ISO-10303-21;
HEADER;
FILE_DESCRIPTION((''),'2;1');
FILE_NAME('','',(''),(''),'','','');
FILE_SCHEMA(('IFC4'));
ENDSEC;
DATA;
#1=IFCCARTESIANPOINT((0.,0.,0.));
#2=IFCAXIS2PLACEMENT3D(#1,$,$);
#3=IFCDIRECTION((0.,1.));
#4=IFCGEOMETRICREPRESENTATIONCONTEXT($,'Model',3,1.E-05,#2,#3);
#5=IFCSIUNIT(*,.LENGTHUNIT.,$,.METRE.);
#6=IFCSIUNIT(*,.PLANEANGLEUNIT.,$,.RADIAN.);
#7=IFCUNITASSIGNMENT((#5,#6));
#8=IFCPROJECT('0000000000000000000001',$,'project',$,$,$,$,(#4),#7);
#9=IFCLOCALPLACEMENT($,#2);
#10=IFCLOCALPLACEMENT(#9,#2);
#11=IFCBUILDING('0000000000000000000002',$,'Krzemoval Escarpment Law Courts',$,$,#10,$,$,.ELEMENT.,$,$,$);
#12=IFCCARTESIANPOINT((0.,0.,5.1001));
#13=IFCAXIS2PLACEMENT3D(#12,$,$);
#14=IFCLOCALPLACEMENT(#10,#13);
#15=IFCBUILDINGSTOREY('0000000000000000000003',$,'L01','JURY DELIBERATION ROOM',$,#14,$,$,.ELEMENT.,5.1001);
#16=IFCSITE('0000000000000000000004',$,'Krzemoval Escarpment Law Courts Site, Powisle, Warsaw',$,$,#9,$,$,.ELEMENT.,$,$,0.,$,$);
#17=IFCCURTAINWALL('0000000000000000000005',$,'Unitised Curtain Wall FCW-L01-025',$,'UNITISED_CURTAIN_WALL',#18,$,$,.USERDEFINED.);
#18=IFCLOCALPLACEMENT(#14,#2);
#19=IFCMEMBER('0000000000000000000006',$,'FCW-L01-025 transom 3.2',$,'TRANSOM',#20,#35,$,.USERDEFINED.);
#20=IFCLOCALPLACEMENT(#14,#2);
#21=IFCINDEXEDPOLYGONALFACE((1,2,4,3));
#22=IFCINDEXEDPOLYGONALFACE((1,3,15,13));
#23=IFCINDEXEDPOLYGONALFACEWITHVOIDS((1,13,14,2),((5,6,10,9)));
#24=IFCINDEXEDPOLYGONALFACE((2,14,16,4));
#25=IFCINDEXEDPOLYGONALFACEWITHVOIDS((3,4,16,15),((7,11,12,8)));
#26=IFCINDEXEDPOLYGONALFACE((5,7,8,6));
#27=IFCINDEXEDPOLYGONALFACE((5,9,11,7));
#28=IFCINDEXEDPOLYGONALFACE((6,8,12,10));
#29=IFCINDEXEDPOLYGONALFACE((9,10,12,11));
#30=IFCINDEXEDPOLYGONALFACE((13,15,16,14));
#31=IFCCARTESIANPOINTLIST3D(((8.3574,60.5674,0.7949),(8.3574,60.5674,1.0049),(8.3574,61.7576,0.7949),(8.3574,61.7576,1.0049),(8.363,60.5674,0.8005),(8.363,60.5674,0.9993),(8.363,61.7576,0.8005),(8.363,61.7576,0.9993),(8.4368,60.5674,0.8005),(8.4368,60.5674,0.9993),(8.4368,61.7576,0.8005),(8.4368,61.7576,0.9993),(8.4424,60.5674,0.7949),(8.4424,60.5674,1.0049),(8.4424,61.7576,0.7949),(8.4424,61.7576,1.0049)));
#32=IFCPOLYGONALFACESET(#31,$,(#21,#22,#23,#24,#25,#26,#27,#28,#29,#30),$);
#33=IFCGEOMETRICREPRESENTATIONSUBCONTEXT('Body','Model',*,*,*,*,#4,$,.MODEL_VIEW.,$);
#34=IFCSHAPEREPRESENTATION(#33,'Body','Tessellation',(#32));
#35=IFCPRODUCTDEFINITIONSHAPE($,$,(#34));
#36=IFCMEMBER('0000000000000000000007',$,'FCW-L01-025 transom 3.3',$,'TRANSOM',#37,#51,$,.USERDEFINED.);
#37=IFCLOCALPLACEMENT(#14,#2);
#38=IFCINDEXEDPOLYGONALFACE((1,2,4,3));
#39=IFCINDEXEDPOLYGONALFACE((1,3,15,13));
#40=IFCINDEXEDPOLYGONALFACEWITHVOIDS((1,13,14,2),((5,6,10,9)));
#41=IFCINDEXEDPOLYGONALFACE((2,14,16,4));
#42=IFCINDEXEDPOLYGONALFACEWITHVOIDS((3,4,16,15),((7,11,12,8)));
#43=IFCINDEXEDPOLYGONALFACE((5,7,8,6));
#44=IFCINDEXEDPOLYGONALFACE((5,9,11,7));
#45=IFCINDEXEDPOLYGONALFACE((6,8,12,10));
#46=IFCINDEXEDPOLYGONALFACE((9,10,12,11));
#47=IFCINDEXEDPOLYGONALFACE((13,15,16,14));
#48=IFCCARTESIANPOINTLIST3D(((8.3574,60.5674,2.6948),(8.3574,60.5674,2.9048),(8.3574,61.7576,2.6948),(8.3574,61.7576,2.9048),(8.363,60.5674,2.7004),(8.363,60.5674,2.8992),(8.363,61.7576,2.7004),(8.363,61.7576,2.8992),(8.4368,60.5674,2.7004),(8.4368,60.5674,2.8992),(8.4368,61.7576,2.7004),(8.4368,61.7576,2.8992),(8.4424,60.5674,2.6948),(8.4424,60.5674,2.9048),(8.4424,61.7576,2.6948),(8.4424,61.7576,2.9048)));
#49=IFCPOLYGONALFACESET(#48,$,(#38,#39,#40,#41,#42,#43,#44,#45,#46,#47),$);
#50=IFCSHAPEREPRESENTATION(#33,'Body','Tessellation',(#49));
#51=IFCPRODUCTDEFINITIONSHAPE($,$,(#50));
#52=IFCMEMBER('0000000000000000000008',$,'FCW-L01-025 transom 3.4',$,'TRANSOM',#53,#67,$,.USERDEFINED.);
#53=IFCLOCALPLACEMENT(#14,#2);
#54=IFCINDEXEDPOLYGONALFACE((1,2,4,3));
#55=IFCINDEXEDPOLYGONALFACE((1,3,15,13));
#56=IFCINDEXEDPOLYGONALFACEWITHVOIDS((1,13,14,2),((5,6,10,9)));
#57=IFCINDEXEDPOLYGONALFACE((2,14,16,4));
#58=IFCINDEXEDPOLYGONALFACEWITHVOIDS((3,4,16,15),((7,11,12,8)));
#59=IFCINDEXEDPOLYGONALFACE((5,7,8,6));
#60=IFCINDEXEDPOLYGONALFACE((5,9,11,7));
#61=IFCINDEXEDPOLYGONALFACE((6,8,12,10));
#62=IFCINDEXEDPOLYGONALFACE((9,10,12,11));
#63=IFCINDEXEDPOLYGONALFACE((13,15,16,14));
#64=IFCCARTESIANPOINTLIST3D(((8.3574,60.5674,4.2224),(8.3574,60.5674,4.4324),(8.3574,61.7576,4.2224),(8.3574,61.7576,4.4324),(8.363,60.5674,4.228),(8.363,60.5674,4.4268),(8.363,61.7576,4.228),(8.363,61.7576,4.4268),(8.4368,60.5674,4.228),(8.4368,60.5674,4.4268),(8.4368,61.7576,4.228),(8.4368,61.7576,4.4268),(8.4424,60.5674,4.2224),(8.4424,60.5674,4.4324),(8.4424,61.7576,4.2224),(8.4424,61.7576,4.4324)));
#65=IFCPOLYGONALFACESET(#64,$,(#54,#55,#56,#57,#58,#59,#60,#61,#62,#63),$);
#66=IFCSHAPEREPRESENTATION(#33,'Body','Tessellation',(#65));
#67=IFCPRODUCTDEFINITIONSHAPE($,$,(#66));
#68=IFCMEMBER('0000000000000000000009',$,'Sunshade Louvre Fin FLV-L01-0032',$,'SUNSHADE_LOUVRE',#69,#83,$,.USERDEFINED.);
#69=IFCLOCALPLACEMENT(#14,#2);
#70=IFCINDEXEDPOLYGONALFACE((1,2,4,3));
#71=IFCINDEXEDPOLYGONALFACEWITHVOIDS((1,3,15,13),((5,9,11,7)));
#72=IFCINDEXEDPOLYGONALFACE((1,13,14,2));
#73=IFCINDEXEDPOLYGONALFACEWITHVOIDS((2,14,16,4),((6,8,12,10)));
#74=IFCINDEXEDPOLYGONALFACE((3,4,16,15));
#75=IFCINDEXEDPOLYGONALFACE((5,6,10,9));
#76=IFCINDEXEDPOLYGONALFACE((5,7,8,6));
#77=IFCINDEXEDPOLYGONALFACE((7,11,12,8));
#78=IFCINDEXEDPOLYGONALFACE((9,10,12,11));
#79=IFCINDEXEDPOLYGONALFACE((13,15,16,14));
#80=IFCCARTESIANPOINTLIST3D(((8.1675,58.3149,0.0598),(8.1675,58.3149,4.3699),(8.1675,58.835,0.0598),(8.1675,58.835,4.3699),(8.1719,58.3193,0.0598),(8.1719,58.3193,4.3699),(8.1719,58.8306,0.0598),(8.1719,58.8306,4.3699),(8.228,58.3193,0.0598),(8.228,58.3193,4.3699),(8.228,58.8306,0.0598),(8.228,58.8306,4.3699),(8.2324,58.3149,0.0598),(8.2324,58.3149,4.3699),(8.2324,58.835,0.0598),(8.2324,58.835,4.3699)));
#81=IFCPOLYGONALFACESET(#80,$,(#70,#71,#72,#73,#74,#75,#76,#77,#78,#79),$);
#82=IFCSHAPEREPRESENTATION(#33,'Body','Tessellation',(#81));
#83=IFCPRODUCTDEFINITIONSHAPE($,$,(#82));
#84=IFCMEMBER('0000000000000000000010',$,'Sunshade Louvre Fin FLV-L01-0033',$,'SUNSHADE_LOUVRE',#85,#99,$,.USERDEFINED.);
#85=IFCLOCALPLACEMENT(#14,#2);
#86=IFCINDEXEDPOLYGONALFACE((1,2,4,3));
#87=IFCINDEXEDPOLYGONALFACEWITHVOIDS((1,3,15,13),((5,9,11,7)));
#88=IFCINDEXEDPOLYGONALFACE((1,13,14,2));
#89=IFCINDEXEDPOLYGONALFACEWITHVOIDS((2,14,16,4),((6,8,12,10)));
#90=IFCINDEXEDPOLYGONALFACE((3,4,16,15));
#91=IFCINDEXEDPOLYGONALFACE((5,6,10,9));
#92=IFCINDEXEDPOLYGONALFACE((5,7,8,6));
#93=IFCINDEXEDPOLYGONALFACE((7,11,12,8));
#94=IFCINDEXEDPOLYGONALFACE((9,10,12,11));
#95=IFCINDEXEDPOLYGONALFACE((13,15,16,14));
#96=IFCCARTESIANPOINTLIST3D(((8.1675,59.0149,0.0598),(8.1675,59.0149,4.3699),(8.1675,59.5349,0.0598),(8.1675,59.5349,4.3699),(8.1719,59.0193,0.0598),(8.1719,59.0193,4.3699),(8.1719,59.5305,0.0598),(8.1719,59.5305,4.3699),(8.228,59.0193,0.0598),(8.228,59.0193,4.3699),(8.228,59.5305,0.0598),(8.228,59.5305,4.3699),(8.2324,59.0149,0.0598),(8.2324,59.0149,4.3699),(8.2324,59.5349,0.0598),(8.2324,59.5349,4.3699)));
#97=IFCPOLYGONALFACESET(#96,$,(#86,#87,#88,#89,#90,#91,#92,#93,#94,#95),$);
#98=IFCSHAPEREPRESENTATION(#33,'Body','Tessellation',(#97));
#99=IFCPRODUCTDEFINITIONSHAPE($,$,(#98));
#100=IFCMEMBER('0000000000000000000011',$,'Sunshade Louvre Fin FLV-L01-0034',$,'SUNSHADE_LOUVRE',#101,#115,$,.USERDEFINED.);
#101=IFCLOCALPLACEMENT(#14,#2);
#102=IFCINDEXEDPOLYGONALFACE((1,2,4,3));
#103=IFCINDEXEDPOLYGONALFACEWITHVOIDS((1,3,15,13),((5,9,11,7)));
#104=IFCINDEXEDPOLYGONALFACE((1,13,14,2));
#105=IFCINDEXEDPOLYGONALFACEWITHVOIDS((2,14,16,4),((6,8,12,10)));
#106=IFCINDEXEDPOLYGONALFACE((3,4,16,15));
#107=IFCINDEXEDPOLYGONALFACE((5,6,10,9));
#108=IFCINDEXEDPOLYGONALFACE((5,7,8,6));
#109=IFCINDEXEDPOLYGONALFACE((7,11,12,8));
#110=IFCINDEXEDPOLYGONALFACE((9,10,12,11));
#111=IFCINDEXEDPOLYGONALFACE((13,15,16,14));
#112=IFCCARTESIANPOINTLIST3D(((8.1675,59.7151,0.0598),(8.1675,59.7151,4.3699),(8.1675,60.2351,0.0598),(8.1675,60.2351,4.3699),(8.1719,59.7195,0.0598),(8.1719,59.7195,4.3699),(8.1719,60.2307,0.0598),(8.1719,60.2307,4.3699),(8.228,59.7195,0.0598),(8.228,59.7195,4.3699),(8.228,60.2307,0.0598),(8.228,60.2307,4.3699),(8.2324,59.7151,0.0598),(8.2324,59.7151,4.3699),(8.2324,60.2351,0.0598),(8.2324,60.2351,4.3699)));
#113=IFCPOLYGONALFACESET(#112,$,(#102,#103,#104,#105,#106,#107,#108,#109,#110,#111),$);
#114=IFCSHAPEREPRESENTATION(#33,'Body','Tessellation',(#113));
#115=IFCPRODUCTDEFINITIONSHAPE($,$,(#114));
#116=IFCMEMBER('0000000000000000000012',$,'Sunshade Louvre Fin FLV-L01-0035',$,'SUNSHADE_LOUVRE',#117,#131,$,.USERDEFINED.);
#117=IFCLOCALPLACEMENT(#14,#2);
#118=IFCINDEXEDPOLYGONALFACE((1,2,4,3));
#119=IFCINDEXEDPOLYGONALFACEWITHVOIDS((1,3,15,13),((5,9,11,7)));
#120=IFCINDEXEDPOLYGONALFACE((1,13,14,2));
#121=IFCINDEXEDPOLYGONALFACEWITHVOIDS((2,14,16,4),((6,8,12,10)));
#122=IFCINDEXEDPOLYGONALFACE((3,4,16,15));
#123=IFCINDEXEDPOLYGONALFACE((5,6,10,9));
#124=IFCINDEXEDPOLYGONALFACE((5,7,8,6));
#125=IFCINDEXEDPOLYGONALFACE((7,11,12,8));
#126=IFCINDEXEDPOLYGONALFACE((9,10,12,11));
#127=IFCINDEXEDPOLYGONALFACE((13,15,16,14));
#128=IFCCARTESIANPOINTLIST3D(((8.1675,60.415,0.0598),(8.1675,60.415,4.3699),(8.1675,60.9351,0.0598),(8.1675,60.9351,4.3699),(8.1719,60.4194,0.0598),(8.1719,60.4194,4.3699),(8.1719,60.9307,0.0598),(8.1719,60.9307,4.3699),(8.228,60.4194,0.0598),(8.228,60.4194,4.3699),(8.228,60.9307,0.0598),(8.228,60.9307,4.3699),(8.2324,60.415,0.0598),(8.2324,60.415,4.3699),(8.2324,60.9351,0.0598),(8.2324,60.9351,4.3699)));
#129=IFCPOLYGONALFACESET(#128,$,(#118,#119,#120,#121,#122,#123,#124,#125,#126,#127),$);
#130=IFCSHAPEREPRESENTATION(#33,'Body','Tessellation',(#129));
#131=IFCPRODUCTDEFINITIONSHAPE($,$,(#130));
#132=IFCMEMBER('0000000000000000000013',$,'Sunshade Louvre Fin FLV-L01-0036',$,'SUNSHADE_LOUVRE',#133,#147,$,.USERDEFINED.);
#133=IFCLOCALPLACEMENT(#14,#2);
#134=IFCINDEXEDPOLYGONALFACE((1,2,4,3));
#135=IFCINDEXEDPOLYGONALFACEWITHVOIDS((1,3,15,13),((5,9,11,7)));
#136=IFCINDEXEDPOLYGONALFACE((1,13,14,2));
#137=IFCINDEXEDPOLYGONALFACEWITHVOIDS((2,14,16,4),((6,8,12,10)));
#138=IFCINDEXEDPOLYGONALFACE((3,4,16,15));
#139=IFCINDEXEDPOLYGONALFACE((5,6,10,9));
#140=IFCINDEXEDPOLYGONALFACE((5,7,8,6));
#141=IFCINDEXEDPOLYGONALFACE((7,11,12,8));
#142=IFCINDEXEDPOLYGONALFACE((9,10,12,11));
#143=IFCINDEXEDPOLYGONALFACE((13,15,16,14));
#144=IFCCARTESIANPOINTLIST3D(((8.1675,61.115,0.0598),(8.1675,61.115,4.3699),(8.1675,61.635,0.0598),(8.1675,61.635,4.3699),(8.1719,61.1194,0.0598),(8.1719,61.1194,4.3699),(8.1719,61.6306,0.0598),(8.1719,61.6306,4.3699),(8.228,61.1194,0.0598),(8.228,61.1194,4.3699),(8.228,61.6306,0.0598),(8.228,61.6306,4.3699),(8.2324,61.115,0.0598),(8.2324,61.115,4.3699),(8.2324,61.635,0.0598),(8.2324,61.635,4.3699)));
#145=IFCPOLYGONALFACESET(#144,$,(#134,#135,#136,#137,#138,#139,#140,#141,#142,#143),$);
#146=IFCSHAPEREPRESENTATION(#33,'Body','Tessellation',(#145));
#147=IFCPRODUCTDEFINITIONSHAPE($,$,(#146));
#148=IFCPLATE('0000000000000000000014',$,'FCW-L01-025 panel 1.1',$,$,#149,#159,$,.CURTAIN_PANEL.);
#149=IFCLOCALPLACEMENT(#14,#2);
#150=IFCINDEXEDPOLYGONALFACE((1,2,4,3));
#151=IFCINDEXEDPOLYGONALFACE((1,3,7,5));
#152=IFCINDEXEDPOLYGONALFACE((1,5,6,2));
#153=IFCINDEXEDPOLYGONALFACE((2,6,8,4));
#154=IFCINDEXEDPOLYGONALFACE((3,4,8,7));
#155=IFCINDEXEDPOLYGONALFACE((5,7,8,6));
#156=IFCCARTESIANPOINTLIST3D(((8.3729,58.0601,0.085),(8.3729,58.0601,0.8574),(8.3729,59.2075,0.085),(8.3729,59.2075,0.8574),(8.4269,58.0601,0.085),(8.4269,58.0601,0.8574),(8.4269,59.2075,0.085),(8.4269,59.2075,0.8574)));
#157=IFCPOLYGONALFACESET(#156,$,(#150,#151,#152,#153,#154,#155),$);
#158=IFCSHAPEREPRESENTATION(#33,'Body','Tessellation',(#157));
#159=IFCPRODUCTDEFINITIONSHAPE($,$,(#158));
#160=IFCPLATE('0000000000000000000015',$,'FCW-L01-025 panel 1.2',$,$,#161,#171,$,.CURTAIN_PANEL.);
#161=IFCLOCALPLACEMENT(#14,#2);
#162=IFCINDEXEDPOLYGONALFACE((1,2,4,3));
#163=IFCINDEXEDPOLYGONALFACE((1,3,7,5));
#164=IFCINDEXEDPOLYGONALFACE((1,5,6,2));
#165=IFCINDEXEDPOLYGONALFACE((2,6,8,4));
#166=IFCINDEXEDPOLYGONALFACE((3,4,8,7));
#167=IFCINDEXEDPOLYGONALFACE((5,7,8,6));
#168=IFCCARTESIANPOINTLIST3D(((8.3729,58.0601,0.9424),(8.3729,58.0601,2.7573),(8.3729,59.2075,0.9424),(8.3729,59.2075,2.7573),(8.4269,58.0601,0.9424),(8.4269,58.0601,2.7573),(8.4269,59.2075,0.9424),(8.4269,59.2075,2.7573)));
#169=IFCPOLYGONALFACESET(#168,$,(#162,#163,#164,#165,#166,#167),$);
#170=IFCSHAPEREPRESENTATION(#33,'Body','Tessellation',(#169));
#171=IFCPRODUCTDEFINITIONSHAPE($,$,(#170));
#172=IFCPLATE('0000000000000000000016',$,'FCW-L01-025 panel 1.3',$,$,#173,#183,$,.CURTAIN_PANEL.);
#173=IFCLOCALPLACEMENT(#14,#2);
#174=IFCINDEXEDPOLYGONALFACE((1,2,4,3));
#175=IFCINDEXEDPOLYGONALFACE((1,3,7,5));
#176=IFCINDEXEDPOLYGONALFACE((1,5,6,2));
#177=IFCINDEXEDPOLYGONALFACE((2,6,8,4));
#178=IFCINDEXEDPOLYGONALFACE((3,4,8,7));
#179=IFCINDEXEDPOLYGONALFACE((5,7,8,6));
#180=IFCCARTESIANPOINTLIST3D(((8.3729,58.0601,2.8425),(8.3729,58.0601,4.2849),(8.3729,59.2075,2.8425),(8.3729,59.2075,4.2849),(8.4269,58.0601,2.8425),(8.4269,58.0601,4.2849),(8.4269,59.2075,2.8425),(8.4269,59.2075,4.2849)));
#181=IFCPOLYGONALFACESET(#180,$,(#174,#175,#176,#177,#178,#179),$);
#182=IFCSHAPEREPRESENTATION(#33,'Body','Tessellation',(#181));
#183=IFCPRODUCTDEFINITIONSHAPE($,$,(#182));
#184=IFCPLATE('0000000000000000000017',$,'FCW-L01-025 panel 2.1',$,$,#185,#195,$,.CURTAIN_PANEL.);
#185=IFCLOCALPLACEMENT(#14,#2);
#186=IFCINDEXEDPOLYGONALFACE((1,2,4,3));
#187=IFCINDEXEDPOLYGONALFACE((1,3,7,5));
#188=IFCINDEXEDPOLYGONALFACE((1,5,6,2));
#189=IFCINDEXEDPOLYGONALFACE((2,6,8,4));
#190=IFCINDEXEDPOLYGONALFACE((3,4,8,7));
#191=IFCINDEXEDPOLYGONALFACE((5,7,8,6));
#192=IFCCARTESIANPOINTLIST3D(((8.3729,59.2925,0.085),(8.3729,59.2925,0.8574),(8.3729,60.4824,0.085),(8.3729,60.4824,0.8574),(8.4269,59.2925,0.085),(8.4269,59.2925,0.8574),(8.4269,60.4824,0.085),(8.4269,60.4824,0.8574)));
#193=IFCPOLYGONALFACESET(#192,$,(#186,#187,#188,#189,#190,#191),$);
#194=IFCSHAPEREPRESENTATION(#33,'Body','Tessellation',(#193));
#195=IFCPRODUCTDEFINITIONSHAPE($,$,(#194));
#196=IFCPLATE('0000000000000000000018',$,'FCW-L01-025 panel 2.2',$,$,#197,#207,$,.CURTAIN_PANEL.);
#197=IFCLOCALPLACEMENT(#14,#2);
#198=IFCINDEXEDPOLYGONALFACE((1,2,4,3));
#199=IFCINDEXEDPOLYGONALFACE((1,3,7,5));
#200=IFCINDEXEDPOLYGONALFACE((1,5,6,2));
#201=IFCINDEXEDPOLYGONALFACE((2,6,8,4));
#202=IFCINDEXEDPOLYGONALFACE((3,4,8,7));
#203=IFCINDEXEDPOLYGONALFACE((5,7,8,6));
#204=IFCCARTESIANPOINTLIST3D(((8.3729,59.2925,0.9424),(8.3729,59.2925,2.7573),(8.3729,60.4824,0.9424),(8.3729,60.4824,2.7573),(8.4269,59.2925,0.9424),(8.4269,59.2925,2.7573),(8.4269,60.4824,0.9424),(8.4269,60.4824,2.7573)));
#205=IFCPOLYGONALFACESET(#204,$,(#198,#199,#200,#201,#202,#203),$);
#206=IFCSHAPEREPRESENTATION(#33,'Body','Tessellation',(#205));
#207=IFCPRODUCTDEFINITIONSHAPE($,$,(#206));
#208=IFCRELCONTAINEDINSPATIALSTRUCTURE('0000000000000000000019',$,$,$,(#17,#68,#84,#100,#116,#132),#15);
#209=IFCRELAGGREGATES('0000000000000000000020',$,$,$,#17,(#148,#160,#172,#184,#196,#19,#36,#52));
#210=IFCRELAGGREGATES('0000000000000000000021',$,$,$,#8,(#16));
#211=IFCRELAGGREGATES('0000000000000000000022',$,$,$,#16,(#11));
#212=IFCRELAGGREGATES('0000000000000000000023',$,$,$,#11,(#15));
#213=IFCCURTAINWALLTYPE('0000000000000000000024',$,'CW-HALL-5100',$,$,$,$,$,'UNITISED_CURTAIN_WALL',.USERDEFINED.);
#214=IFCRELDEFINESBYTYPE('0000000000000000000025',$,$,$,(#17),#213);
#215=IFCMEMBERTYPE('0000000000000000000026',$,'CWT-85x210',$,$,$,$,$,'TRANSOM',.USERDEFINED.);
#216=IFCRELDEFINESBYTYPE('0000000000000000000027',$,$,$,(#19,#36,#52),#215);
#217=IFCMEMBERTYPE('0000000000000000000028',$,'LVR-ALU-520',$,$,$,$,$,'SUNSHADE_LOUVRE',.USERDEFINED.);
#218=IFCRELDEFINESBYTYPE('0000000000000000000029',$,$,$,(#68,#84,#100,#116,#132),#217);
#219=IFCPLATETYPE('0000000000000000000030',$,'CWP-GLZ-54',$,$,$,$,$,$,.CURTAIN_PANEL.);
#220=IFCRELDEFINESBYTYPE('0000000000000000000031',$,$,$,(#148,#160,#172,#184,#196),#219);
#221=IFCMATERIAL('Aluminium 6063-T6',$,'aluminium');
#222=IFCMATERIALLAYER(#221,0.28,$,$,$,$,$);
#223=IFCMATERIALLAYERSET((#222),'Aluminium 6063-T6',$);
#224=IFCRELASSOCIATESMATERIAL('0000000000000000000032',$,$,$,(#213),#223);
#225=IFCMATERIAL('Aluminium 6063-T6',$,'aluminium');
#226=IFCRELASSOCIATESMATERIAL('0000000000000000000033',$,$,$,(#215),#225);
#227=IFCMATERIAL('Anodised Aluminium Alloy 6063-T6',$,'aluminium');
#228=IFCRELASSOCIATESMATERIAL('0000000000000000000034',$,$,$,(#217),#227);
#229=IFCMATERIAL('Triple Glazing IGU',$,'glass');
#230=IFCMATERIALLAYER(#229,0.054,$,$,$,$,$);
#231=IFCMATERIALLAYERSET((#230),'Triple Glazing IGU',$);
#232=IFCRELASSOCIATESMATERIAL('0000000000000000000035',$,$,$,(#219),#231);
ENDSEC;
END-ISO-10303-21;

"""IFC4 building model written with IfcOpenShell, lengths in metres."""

from ifc_helpers import new_model, si_unit, direction, frame, origin, origin_2d, place, context, subcontext, project, spatial, rectangle, hollow_rectangle, extrude, material, layer, layer_set, material_profile, profile_set, type_object, element, aggregate, save


model = new_model("IFC4")

# Units and contexts
model_context = context("Model", 3, precision=1e-05, world=origin(), true_north=direction((0.0, 1.0)))
body_context = subcontext(model_context, "Body", "Model", "MODEL_VIEW")
ifc_project = project(units=[si_unit("LENGTHUNIT", "METRE"), si_unit("PLANEANGLEUNIT", "RADIAN")], contexts=[model_context])

# Site, building, storey
site_placement = place(None, origin())
site = spatial("IfcSite", under=ifc_project, at=site_placement, Name="Krzemoval Escarpment Law Courts Site, Powisle, Warsaw", CompositionType="ELEMENT", RefElevation=0.0)
building_placement = place(site_placement, origin())
building = spatial("IfcBuilding", under=site, at=building_placement, Name="Krzemoval Escarpment Law Courts", CompositionType="ELEMENT")
storey_placement = place(building_placement, frame((0.0, 0.0, 5.1001)))
storey = spatial("IfcBuildingStorey", under=building, at=storey_placement, Name="L01", Description="JURY DELIBERATION ROOM", CompositionType="ELEMENT", Elevation=5.1001)

# Curtain wall, members
ifc_material_1 = material(Name="Aluminium 6063-T6", Category="aluminium")
ifc_layer_1 = layer(ifc_material_1, 0.28)
ifc_layer_set_1 = layer_set([ifc_layer_1], Name="Aluminium 6063-T6")
curtain_wall_type = type_object("IfcCurtainWallType", Name="CW-HALL-5100", ElementType="UNITISED_CURTAIN_WALL", PredefinedType="USERDEFINED", material=ifc_layer_set_1)
curtain_wall_placement = place(storey_placement, origin())
curtain_wall = element("IfcCurtainWall", 1, at=curtain_wall_placement, inside=storey, type_object=curtain_wall_type, Name="Unitised Curtain Wall FCW-L01-025", ObjectType="UNITISED_CURTAIN_WALL", PredefinedType="USERDEFINED")
ifc_material_2 = material(Name="Aluminium 6063-T6", Category="aluminium")
ifc_material_profile_1 = material_profile(ifc_material_2, hollow_rectangle(XDim=0.085, YDim=0.21, WallThickness=0.0056, at=origin_2d()), Name="ALU T85x210")
ifc_profile_set_1 = profile_set([ifc_material_profile_1], Name="Aluminium 6063-T6")
member_type_1 = type_object("IfcMemberType", Name="CWT-85x210", ElementType="TRANSOM", PredefinedType="USERDEFINED", material=ifc_profile_set_1)
member_1_placement = place(storey_placement, frame((8.3999, 60.5674, 0.8999), z_axis=(0.0, 1.0, 0.0), x_axis=(-1.0, 0.0, 0.0)))
member_1 = element("IfcMember", 2, at=member_1_placement, type_object=member_type_1, Name="FCW-L01-025 transom 3.2", ObjectType="TRANSOM", PredefinedType="USERDEFINED", context=body_context, shape_type="SweptSolid", body=[
    extrude(hollow_rectangle(XDim=0.085, YDim=0.21, WallThickness=0.0056, at=origin_2d()), origin(), (0.0, 0.0, 1.0), 1.1902),
])
member_2_placement = place(storey_placement, frame((8.3999, 60.5674, 2.7998), z_axis=(0.0, 1.0, 0.0), x_axis=(-1.0, 0.0, 0.0)))
member_2 = element("IfcMember", 3, at=member_2_placement, type_object=member_type_1, Name="FCW-L01-025 transom 3.3", ObjectType="TRANSOM", PredefinedType="USERDEFINED", context=body_context, shape_type="SweptSolid", body=[
    extrude(hollow_rectangle(XDim=0.085, YDim=0.21, WallThickness=0.0056, at=origin_2d()), origin(), (0.0, 0.0, 1.0), 1.1902),
])
member_3_placement = place(storey_placement, frame((8.3999, 60.5674, 4.3274), z_axis=(0.0, 1.0, 0.0), x_axis=(-1.0, 0.0, 0.0)))
member_3 = element("IfcMember", 4, at=member_3_placement, type_object=member_type_1, Name="FCW-L01-025 transom 3.4", ObjectType="TRANSOM", PredefinedType="USERDEFINED", context=body_context, shape_type="SweptSolid", body=[
    extrude(hollow_rectangle(XDim=0.085, YDim=0.21, WallThickness=0.0056, at=origin_2d()), origin(), (0.0, 0.0, 1.0), 1.1902),
])

# Members
ifc_material_3 = material(Name="Anodised Aluminium Alloy 6063-T6", Category="aluminium")
ifc_material_profile_2 = material_profile(ifc_material_3, hollow_rectangle(XDim=0.0649, YDim=0.52, WallThickness=0.0044, at=origin_2d()), Name="ALU LVR 65x520")
ifc_profile_set_2 = profile_set([ifc_material_profile_2], Name="Anodised Aluminium Alloy 6063-T6")
member_type_2 = type_object("IfcMemberType", Name="LVR-ALU-520", ElementType="SUNSHADE_LOUVRE", PredefinedType="USERDEFINED", material=ifc_profile_set_2)
for number, where, z_axis, x_axis, name in (
    (5, (8.2, 58.575, 0.0598), (0.0, 0.0, 1.0), (1.0, 0.0, 0.0), "Sunshade Louvre Fin FLV-L01-0032"),
    (6, (8.2, 59.2749, 0.0598), (0.0, 0.0, 1.0), (1.0, 0.0, 0.0), "Sunshade Louvre Fin FLV-L01-0033"),
    (7, (8.2, 59.9751, 0.0598), (0.0, 0.0, 1.0), (1.0, 0.0, 0.0), "Sunshade Louvre Fin FLV-L01-0034"),
    (8, (8.2, 60.675, 0.0598), (0.0, 0.0, 1.0), (1.0, 0.0, 0.0), "Sunshade Louvre Fin FLV-L01-0035"),
    (9, (8.2, 61.375, 0.0598), (0.0, 0.0, 1.0), (1.0, 0.0, 0.0), "Sunshade Louvre Fin FLV-L01-0036"),
):
    element("IfcMember", number, at=place(storey_placement, frame(where, z_axis=z_axis, x_axis=x_axis)), inside=storey, type_object=member_type_2, Name=name, ObjectType="SUNSHADE_LOUVRE", PredefinedType="USERDEFINED", context=body_context, shape_type="SweptSolid", body=[
        extrude(hollow_rectangle(XDim=0.0649, YDim=0.52, WallThickness=0.0044, at=origin_2d()), origin(), (0.0, 0.0, 1.0), 4.3101),
    ])

# Plates
ifc_material_4 = material(Name="Triple Glazing IGU", Category="glass")
ifc_layer_2 = layer(ifc_material_4, 0.054)
ifc_layer_set_2 = layer_set([ifc_layer_2], Name="Triple Glazing IGU")
plate_type = type_object("IfcPlateType", Name="CWP-GLZ-54", PredefinedType="CURTAIN_PANEL", material=ifc_layer_set_2)
plate_1_placement = place(storey_placement, frame((8.3999, 58.6338, 0.085), z_axis=(0.0, 0.0, 1.0), x_axis=(0.0, 1.0, 0.0)))
plate_1 = element("IfcPlate", 10, at=plate_1_placement, type_object=plate_type, Name="FCW-L01-025 panel 1.1", PredefinedType="CURTAIN_PANEL", context=body_context, shape_type="SweptSolid", body=[
    extrude(rectangle(XDim=1.1475, YDim=0.054, at=origin_2d()), origin(), (0.0, 0.0, 1.0), 0.7725),
])
plate_2_placement = place(storey_placement, frame((8.3999, 58.6338, 0.9424), z_axis=(0.0, 0.0, 1.0), x_axis=(0.0, 1.0, 0.0)))
plate_2 = element("IfcPlate", 11, at=plate_2_placement, type_object=plate_type, Name="FCW-L01-025 panel 1.2", PredefinedType="CURTAIN_PANEL", context=body_context, shape_type="SweptSolid", body=[
    extrude(rectangle(XDim=1.1475, YDim=0.054, at=origin_2d()), origin(), (0.0, 0.0, 1.0), 1.8149),
])
plate_3_placement = place(storey_placement, frame((8.3999, 58.6338, 2.8425), z_axis=(0.0, 0.0, 1.0), x_axis=(0.0, 1.0, 0.0)))
plate_3 = element("IfcPlate", 12, at=plate_3_placement, type_object=plate_type, Name="FCW-L01-025 panel 1.3", PredefinedType="CURTAIN_PANEL", context=body_context, shape_type="SweptSolid", body=[
    extrude(rectangle(XDim=1.1475, YDim=0.054, at=origin_2d()), origin(), (0.0, 0.0, 1.0), 1.4424),
])
plate_4_placement = place(storey_placement, frame((8.3999, 59.8875, 0.085), z_axis=(0.0, 0.0, 1.0), x_axis=(0.0, 1.0, 0.0)))
plate_4 = element("IfcPlate", 13, at=plate_4_placement, type_object=plate_type, Name="FCW-L01-025 panel 2.1", PredefinedType="CURTAIN_PANEL", context=body_context, shape_type="SweptSolid", body=[
    extrude(rectangle(XDim=1.1899, YDim=0.054, at=origin_2d()), origin(), (0.0, 0.0, 1.0), 0.7725),
])
plate_5_placement = place(storey_placement, frame((8.3999, 59.8875, 0.9424), z_axis=(0.0, 0.0, 1.0), x_axis=(0.0, 1.0, 0.0)))
plate_5 = element("IfcPlate", 14, at=plate_5_placement, type_object=plate_type, Name="FCW-L01-025 panel 2.2", PredefinedType="CURTAIN_PANEL", context=body_context, shape_type="SweptSolid", body=[
    extrude(rectangle(XDim=1.1899, YDim=0.054, at=origin_2d()), origin(), (0.0, 0.0, 1.0), 1.8149),
])
aggregate(curtain_wall, [plate_1, plate_2, plate_3, plate_4, plate_5, member_1, member_2, member_3])

save(model, "model.ifc")
